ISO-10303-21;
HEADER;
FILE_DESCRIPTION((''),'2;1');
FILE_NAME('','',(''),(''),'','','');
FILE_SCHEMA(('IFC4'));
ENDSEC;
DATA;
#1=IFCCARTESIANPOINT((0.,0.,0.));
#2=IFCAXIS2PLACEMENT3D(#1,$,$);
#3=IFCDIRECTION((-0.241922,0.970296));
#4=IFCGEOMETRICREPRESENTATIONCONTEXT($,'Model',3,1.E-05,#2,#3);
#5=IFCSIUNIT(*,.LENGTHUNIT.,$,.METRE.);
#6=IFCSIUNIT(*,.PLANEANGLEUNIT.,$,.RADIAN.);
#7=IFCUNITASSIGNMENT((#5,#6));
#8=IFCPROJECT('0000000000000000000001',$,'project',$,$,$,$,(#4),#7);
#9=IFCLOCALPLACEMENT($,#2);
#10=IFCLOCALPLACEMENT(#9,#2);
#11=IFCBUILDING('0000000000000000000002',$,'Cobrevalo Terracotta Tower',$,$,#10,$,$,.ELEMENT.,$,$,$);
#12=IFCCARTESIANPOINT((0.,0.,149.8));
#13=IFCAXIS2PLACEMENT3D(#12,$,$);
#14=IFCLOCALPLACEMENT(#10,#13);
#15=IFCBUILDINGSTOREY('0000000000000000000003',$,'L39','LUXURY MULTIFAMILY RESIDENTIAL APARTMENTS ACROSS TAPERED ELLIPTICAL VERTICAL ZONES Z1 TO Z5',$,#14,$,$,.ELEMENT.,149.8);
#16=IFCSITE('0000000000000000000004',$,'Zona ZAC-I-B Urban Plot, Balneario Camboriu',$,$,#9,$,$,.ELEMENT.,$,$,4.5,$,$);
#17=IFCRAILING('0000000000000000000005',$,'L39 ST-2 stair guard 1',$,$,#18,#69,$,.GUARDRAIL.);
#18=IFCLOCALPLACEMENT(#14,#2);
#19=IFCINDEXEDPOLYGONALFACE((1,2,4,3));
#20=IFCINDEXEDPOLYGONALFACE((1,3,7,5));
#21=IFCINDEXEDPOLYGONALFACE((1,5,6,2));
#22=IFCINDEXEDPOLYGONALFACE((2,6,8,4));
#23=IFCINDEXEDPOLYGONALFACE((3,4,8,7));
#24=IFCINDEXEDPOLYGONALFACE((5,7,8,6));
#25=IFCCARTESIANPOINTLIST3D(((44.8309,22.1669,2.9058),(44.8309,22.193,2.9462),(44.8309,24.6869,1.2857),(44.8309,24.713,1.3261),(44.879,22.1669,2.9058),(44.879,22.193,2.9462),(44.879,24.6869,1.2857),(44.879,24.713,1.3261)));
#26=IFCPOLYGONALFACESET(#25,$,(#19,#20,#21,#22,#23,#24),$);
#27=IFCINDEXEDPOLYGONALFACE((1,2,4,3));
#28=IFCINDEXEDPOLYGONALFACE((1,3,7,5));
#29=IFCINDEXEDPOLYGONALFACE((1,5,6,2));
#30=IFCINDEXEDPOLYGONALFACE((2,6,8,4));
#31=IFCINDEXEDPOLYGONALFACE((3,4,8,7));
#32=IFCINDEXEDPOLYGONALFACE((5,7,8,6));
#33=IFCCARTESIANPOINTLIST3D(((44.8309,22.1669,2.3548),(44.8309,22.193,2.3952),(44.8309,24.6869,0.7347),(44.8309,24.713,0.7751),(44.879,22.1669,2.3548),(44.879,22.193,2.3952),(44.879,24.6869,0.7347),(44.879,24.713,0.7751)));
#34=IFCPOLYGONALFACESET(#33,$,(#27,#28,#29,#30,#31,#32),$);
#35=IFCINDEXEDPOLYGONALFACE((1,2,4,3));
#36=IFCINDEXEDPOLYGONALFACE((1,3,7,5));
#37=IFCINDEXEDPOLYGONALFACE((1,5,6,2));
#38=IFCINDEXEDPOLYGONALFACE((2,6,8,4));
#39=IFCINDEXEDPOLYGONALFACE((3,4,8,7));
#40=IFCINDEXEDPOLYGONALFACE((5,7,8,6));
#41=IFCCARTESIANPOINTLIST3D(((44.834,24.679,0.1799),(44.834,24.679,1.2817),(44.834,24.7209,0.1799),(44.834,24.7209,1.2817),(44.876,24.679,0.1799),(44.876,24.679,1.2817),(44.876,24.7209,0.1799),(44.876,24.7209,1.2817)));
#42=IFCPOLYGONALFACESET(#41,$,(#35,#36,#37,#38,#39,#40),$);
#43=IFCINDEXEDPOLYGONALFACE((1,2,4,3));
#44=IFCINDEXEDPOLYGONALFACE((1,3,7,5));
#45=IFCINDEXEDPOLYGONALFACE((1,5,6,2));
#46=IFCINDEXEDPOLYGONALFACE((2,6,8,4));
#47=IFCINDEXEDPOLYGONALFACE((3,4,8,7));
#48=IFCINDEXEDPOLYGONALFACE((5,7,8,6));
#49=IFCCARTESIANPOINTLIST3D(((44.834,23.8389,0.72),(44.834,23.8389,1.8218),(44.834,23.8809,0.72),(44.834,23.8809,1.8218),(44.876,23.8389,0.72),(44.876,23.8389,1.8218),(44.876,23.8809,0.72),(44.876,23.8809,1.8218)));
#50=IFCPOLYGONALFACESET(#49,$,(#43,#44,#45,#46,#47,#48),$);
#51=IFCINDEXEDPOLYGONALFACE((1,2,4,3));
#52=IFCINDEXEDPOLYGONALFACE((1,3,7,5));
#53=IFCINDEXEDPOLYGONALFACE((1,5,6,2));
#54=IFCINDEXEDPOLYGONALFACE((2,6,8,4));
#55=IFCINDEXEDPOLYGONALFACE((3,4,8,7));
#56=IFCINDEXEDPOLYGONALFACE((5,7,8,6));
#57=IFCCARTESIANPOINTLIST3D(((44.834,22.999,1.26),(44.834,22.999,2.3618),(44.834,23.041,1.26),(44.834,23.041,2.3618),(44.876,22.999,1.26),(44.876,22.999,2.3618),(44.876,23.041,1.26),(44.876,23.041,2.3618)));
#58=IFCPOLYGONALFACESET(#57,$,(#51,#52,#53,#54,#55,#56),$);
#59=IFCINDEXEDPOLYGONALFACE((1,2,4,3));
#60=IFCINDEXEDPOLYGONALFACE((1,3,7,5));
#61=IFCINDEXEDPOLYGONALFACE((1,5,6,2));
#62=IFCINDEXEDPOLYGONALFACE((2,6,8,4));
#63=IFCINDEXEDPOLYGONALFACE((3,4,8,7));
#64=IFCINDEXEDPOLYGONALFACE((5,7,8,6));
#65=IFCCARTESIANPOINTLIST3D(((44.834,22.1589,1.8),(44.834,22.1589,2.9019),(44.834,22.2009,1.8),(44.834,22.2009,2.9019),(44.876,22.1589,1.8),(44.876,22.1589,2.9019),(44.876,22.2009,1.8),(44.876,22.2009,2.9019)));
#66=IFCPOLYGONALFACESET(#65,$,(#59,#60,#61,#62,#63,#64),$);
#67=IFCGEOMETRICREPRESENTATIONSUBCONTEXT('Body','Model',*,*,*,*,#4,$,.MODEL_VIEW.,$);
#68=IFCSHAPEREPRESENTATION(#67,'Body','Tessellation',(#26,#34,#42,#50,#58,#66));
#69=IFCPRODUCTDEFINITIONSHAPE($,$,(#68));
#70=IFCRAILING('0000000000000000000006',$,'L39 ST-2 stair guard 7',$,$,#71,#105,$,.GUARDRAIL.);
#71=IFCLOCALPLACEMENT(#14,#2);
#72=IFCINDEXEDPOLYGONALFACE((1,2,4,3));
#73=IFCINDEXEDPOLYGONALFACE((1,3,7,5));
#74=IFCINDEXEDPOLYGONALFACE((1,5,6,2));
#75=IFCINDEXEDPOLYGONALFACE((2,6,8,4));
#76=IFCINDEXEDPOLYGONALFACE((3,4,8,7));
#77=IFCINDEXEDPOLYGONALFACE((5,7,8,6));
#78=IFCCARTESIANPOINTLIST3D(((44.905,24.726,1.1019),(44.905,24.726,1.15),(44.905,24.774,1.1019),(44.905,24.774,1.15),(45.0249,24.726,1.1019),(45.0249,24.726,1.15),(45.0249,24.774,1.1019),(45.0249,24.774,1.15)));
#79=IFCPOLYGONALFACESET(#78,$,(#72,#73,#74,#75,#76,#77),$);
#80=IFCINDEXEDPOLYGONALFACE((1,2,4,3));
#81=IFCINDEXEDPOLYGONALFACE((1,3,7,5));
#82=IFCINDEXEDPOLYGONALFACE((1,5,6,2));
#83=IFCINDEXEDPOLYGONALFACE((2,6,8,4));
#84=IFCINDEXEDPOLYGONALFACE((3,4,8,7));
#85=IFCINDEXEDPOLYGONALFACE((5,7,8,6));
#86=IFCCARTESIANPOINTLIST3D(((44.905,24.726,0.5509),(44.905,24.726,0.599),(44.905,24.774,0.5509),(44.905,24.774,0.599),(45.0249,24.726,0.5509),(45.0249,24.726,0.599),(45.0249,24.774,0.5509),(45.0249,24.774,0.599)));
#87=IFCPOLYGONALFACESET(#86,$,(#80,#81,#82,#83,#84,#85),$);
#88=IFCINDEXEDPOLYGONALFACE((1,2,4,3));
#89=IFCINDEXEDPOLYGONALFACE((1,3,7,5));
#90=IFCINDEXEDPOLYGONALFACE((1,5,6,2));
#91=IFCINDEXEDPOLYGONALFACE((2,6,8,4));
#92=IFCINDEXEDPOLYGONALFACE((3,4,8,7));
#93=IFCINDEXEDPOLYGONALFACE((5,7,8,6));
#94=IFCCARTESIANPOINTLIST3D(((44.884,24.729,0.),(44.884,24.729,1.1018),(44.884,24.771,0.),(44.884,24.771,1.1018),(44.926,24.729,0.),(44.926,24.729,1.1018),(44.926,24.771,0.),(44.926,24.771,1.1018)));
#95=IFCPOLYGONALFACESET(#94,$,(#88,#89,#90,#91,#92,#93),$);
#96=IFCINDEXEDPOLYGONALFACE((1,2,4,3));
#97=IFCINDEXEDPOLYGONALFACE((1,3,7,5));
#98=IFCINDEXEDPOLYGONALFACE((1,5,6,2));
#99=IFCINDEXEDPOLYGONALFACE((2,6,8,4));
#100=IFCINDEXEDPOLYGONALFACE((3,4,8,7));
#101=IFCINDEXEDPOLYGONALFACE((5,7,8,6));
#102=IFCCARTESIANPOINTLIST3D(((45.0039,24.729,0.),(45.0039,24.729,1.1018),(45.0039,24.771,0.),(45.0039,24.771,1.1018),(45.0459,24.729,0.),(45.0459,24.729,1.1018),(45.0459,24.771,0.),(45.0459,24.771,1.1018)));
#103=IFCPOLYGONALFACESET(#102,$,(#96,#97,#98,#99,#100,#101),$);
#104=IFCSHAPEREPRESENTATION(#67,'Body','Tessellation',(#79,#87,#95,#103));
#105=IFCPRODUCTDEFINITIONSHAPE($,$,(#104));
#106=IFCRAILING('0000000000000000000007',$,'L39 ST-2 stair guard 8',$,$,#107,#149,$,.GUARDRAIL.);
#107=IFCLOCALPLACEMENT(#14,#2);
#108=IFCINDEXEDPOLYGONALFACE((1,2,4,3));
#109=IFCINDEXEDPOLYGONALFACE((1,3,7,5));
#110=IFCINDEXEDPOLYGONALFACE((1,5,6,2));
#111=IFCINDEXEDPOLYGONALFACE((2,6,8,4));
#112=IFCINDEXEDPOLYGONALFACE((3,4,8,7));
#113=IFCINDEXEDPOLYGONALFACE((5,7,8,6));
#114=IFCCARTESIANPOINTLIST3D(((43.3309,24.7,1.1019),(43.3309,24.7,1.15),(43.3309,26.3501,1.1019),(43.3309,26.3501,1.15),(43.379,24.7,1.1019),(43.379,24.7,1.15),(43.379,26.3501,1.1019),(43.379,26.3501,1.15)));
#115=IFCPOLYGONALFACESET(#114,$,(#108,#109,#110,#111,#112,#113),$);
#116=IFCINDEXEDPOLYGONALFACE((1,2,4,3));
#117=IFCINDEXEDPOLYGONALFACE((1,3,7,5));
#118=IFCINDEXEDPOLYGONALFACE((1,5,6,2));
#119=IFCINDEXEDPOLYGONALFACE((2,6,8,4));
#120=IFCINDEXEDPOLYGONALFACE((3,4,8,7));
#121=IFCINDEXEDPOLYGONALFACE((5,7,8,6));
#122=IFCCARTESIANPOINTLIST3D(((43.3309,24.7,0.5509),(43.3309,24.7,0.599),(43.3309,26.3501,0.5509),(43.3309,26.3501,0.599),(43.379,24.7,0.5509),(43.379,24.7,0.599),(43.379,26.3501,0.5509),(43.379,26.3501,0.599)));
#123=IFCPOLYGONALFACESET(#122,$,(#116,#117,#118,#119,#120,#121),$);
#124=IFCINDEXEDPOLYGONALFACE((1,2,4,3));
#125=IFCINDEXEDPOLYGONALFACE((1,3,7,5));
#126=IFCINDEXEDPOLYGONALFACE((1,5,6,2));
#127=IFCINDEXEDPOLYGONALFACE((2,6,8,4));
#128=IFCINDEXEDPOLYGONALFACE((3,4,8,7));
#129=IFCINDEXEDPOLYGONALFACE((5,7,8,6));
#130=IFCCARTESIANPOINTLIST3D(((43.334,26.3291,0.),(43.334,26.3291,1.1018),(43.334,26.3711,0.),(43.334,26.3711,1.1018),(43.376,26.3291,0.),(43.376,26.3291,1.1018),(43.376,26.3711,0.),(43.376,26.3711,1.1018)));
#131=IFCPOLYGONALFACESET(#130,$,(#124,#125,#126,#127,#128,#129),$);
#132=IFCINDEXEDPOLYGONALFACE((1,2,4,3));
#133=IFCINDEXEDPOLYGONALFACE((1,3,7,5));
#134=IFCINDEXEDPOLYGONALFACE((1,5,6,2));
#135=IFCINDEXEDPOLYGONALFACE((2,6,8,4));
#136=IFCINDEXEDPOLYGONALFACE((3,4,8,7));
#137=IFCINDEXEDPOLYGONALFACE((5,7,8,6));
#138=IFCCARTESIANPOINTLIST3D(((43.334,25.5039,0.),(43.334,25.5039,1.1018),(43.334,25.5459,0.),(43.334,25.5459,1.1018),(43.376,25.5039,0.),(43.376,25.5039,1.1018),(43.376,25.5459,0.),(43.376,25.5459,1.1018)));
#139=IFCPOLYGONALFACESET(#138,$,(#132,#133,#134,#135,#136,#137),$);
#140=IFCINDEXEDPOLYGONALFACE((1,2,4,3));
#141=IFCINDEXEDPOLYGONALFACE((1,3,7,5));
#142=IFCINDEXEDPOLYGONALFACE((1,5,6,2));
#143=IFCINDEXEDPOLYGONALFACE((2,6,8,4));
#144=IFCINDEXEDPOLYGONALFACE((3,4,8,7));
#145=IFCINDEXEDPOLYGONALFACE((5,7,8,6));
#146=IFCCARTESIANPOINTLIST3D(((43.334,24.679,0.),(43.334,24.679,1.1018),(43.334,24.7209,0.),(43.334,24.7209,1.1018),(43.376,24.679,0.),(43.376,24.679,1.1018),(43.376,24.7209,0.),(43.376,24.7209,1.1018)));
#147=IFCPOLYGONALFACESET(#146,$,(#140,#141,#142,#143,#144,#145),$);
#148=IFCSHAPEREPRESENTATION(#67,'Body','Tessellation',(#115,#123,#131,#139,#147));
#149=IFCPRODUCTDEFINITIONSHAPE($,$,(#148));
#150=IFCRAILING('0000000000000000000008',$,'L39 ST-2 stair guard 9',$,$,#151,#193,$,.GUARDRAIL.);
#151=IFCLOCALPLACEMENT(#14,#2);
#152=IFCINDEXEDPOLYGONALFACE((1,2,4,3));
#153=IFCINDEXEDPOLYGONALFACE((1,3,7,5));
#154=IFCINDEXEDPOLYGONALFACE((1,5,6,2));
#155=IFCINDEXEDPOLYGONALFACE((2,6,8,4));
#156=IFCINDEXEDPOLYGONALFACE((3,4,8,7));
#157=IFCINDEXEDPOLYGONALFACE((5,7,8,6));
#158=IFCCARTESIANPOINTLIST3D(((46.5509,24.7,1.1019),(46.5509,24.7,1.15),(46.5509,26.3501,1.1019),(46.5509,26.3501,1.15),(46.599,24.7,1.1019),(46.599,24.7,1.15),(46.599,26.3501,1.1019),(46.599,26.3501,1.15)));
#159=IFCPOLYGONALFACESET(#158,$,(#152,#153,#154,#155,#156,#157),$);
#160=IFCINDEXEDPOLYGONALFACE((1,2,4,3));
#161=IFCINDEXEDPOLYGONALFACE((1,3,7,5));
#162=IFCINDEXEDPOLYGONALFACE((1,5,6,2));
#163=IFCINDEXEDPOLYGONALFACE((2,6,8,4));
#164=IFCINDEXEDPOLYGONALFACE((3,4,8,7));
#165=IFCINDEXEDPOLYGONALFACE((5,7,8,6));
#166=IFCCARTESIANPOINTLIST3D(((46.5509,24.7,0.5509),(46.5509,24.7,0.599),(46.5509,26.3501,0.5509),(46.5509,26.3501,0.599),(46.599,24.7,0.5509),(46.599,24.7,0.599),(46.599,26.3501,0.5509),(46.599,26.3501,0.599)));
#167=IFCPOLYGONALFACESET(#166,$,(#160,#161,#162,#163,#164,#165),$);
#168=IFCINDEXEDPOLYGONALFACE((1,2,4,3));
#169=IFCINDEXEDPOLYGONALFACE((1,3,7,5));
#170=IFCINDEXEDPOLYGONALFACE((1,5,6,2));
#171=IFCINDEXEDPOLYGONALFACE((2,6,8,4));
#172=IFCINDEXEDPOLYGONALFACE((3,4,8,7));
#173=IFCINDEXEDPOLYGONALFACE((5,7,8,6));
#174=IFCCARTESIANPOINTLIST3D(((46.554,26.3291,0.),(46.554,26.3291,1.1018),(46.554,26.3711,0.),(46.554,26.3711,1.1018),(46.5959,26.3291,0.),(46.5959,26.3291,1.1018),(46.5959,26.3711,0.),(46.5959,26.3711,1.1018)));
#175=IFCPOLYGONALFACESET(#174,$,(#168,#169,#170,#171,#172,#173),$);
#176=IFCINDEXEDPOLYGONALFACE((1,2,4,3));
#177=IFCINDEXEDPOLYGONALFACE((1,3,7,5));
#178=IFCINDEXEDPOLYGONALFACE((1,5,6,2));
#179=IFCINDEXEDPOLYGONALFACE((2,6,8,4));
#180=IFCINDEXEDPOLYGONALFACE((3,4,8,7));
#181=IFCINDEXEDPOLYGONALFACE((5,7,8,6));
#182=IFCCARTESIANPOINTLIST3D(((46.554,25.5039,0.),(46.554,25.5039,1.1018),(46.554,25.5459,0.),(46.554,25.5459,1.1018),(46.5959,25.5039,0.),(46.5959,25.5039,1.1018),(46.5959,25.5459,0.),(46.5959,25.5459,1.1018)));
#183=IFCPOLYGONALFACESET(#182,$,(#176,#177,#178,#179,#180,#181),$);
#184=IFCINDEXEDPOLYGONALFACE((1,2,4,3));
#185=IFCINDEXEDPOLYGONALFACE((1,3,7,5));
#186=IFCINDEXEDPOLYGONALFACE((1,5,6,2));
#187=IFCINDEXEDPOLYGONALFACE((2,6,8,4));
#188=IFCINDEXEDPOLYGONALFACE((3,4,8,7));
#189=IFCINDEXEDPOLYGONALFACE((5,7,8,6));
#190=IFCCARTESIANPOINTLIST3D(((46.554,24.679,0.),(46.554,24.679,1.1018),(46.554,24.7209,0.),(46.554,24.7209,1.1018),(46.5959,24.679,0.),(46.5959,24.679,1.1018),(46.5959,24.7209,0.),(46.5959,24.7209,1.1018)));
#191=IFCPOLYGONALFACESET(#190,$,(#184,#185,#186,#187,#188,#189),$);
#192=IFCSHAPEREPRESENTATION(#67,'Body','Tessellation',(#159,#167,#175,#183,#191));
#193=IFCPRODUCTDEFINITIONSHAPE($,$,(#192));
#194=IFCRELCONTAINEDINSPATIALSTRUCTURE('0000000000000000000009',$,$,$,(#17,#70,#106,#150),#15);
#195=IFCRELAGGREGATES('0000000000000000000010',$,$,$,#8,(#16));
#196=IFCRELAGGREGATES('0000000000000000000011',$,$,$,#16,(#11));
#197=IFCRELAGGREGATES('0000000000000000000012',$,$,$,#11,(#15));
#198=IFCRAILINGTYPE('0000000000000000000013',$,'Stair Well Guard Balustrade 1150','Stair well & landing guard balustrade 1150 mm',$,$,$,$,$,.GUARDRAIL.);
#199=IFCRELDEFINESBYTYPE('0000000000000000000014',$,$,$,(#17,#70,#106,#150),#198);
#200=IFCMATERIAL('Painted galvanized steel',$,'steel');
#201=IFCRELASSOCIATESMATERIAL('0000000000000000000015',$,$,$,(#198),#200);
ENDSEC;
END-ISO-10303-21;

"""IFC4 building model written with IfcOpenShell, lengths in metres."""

from ifc_helpers import new_model, si_unit, direction, frame, origin, origin_2d, place, context, subcontext, project, spatial, rectangle, extrude, material, type_object, element, save


model = new_model("IFC4")

# Units and contexts
model_context = context("Model", 3, precision=1e-05, world=origin(), true_north=direction((-0.241922, 0.970296)))
body_context = subcontext(model_context, "Body", "Model", "MODEL_VIEW")
ifc_project = project(units=[si_unit("LENGTHUNIT", "METRE"), si_unit("PLANEANGLEUNIT", "RADIAN")], contexts=[model_context])

# Site, building, storey
site_placement = place(None, origin())
site = spatial("IfcSite", under=ifc_project, at=site_placement, Name="Zona ZAC-I-B Urban Plot, Balneario Camboriu", CompositionType="ELEMENT", RefElevation=4.5)
building_placement = place(site_placement, origin())
building = spatial("IfcBuilding", under=site, at=building_placement, Name="Cobrevalo Terracotta Tower", CompositionType="ELEMENT")
storey_placement = place(building_placement, frame((0.0, 0.0, 149.8)))
storey = spatial("IfcBuildingStorey", under=building, at=storey_placement, Name="L39", Description="LUXURY MULTIFAMILY RESIDENTIAL APARTMENTS ACROSS TAPERED ELLIPTICAL VERTICAL ZONES Z1 TO Z5", CompositionType="ELEMENT", Elevation=149.8)

# Railings
ifc_material_1 = material(Name="Painted galvanized steel", Category="steel")
railing_type_1 = type_object("IfcRailingType", Name="Stair Well Guard Balustrade 1150", Description="Stair well & landing guard balustrade 1150 mm", PredefinedType="GUARDRAIL", material=ifc_material_1)
railing_1_placement = place(storey_placement, frame((44.855, 24.7, 0.1799)))
element("IfcRailing", 1, at=railing_1_placement, inside=storey, type_object=railing_type_1, Name="L39 ST-2 stair guard 1", PredefinedType="GUARDRAIL", context=body_context, shape_type="SweptSolid", body=[
    extrude(rectangle(XDim=0.0481, YDim=0.0481, at=origin_2d()), frame((0.0, 0.0, 1.126), z_axis=(0.0, -0.841163, 0.540782), x_axis=(1.0, 0.0, 0.0)), (0.0, 0.0, 1.0), 2.9958),
    extrude(rectangle(XDim=0.0481, YDim=0.0481, at=origin_2d()), frame((0.0, 0.0, 0.575), z_axis=(0.0, -0.841163, 0.540782), x_axis=(1.0, 0.0, 0.0)), (0.0, 0.0, 1.0), 2.9958),
    extrude(rectangle(XDim=0.042, YDim=0.042, at=origin_2d()), origin(), (0.0, 0.0, 1.0), 1.1018),
    extrude(rectangle(XDim=0.042, YDim=0.042, at=origin_2d()), frame((0.0, -0.8401, 0.54)), (0.0, 0.0, 1.0), 1.1018),
    extrude(rectangle(XDim=0.042, YDim=0.042, at=origin_2d()), frame((0.0, -1.6799, 1.0801)), (0.0, 0.0, 1.0), 1.1018),
    extrude(rectangle(XDim=0.042, YDim=0.042, at=origin_2d()), frame((0.0, -2.52, 1.6201)), (0.0, 0.0, 1.0), 1.1018),
])
railing_2_placement = place(storey_placement, frame((44.905, 24.75, 0.0)))
element("IfcRailing", 2, at=railing_2_placement, inside=storey, type_object=railing_type_1, Name="L39 ST-2 stair guard 7", PredefinedType="GUARDRAIL", context=body_context, shape_type="SweptSolid", body=[
    extrude(rectangle(XDim=0.0481, YDim=0.0481, at=origin_2d()), frame((0.0, 0.0, 1.126), z_axis=(1.0, 0.0, 0.0), x_axis=(0.0, 1.0, 0.0)), (0.0, 0.0, 1.0), 0.1199),
    extrude(rectangle(XDim=0.0481, YDim=0.0481, at=origin_2d()), frame((0.0, 0.0, 0.575), z_axis=(1.0, 0.0, 0.0), x_axis=(0.0, 1.0, 0.0)), (0.0, 0.0, 1.0), 0.1199),
    extrude(rectangle(XDim=0.042, YDim=0.042, at=origin_2d()), origin(), (0.0, 0.0, 1.0), 1.1018),
    extrude(rectangle(XDim=0.042, YDim=0.042, at=origin_2d()), frame((0.1199, 0.0, 0.0)), (0.0, 0.0, 1.0), 1.1018),
])
for number, where, name in (
    (3, (43.355, 26.3501, 0.0), "L39 ST-2 stair guard 8"),
    (4, (46.575, 26.3501, 0.0), "L39 ST-2 stair guard 9"),
):
    element("IfcRailing", number, at=place(storey_placement, frame(where)), inside=storey, type_object=railing_type_1, Name=name, PredefinedType="GUARDRAIL", context=body_context, shape_type="SweptSolid", body=[
        extrude(rectangle(XDim=0.0481, YDim=0.0481, at=origin_2d()), frame((0.0, 0.0, 1.126), z_axis=(0.0, -1.0, 0.0), x_axis=(1.0, 0.0, 0.0)), (0.0, 0.0, 1.0), 1.6501),
        extrude(rectangle(XDim=0.0481, YDim=0.0481, at=origin_2d()), frame((0.0, 0.0, 0.575), z_axis=(0.0, -1.0, 0.0), x_axis=(1.0, 0.0, 0.0)), (0.0, 0.0, 1.0), 1.6501),
        extrude(rectangle(XDim=0.042, YDim=0.042, at=origin_2d()), origin(), (0.0, 0.0, 1.0), 1.1018),
        extrude(rectangle(XDim=0.042, YDim=0.042, at=origin_2d()), frame((0.0, -0.8252, 0.0)), (0.0, 0.0, 1.0), 1.1018),
        extrude(rectangle(XDim=0.042, YDim=0.042, at=origin_2d()), frame((0.0, -1.6501, 0.0)), (0.0, 0.0, 1.0), 1.1018),
    ])

save(model, "model.ifc")
